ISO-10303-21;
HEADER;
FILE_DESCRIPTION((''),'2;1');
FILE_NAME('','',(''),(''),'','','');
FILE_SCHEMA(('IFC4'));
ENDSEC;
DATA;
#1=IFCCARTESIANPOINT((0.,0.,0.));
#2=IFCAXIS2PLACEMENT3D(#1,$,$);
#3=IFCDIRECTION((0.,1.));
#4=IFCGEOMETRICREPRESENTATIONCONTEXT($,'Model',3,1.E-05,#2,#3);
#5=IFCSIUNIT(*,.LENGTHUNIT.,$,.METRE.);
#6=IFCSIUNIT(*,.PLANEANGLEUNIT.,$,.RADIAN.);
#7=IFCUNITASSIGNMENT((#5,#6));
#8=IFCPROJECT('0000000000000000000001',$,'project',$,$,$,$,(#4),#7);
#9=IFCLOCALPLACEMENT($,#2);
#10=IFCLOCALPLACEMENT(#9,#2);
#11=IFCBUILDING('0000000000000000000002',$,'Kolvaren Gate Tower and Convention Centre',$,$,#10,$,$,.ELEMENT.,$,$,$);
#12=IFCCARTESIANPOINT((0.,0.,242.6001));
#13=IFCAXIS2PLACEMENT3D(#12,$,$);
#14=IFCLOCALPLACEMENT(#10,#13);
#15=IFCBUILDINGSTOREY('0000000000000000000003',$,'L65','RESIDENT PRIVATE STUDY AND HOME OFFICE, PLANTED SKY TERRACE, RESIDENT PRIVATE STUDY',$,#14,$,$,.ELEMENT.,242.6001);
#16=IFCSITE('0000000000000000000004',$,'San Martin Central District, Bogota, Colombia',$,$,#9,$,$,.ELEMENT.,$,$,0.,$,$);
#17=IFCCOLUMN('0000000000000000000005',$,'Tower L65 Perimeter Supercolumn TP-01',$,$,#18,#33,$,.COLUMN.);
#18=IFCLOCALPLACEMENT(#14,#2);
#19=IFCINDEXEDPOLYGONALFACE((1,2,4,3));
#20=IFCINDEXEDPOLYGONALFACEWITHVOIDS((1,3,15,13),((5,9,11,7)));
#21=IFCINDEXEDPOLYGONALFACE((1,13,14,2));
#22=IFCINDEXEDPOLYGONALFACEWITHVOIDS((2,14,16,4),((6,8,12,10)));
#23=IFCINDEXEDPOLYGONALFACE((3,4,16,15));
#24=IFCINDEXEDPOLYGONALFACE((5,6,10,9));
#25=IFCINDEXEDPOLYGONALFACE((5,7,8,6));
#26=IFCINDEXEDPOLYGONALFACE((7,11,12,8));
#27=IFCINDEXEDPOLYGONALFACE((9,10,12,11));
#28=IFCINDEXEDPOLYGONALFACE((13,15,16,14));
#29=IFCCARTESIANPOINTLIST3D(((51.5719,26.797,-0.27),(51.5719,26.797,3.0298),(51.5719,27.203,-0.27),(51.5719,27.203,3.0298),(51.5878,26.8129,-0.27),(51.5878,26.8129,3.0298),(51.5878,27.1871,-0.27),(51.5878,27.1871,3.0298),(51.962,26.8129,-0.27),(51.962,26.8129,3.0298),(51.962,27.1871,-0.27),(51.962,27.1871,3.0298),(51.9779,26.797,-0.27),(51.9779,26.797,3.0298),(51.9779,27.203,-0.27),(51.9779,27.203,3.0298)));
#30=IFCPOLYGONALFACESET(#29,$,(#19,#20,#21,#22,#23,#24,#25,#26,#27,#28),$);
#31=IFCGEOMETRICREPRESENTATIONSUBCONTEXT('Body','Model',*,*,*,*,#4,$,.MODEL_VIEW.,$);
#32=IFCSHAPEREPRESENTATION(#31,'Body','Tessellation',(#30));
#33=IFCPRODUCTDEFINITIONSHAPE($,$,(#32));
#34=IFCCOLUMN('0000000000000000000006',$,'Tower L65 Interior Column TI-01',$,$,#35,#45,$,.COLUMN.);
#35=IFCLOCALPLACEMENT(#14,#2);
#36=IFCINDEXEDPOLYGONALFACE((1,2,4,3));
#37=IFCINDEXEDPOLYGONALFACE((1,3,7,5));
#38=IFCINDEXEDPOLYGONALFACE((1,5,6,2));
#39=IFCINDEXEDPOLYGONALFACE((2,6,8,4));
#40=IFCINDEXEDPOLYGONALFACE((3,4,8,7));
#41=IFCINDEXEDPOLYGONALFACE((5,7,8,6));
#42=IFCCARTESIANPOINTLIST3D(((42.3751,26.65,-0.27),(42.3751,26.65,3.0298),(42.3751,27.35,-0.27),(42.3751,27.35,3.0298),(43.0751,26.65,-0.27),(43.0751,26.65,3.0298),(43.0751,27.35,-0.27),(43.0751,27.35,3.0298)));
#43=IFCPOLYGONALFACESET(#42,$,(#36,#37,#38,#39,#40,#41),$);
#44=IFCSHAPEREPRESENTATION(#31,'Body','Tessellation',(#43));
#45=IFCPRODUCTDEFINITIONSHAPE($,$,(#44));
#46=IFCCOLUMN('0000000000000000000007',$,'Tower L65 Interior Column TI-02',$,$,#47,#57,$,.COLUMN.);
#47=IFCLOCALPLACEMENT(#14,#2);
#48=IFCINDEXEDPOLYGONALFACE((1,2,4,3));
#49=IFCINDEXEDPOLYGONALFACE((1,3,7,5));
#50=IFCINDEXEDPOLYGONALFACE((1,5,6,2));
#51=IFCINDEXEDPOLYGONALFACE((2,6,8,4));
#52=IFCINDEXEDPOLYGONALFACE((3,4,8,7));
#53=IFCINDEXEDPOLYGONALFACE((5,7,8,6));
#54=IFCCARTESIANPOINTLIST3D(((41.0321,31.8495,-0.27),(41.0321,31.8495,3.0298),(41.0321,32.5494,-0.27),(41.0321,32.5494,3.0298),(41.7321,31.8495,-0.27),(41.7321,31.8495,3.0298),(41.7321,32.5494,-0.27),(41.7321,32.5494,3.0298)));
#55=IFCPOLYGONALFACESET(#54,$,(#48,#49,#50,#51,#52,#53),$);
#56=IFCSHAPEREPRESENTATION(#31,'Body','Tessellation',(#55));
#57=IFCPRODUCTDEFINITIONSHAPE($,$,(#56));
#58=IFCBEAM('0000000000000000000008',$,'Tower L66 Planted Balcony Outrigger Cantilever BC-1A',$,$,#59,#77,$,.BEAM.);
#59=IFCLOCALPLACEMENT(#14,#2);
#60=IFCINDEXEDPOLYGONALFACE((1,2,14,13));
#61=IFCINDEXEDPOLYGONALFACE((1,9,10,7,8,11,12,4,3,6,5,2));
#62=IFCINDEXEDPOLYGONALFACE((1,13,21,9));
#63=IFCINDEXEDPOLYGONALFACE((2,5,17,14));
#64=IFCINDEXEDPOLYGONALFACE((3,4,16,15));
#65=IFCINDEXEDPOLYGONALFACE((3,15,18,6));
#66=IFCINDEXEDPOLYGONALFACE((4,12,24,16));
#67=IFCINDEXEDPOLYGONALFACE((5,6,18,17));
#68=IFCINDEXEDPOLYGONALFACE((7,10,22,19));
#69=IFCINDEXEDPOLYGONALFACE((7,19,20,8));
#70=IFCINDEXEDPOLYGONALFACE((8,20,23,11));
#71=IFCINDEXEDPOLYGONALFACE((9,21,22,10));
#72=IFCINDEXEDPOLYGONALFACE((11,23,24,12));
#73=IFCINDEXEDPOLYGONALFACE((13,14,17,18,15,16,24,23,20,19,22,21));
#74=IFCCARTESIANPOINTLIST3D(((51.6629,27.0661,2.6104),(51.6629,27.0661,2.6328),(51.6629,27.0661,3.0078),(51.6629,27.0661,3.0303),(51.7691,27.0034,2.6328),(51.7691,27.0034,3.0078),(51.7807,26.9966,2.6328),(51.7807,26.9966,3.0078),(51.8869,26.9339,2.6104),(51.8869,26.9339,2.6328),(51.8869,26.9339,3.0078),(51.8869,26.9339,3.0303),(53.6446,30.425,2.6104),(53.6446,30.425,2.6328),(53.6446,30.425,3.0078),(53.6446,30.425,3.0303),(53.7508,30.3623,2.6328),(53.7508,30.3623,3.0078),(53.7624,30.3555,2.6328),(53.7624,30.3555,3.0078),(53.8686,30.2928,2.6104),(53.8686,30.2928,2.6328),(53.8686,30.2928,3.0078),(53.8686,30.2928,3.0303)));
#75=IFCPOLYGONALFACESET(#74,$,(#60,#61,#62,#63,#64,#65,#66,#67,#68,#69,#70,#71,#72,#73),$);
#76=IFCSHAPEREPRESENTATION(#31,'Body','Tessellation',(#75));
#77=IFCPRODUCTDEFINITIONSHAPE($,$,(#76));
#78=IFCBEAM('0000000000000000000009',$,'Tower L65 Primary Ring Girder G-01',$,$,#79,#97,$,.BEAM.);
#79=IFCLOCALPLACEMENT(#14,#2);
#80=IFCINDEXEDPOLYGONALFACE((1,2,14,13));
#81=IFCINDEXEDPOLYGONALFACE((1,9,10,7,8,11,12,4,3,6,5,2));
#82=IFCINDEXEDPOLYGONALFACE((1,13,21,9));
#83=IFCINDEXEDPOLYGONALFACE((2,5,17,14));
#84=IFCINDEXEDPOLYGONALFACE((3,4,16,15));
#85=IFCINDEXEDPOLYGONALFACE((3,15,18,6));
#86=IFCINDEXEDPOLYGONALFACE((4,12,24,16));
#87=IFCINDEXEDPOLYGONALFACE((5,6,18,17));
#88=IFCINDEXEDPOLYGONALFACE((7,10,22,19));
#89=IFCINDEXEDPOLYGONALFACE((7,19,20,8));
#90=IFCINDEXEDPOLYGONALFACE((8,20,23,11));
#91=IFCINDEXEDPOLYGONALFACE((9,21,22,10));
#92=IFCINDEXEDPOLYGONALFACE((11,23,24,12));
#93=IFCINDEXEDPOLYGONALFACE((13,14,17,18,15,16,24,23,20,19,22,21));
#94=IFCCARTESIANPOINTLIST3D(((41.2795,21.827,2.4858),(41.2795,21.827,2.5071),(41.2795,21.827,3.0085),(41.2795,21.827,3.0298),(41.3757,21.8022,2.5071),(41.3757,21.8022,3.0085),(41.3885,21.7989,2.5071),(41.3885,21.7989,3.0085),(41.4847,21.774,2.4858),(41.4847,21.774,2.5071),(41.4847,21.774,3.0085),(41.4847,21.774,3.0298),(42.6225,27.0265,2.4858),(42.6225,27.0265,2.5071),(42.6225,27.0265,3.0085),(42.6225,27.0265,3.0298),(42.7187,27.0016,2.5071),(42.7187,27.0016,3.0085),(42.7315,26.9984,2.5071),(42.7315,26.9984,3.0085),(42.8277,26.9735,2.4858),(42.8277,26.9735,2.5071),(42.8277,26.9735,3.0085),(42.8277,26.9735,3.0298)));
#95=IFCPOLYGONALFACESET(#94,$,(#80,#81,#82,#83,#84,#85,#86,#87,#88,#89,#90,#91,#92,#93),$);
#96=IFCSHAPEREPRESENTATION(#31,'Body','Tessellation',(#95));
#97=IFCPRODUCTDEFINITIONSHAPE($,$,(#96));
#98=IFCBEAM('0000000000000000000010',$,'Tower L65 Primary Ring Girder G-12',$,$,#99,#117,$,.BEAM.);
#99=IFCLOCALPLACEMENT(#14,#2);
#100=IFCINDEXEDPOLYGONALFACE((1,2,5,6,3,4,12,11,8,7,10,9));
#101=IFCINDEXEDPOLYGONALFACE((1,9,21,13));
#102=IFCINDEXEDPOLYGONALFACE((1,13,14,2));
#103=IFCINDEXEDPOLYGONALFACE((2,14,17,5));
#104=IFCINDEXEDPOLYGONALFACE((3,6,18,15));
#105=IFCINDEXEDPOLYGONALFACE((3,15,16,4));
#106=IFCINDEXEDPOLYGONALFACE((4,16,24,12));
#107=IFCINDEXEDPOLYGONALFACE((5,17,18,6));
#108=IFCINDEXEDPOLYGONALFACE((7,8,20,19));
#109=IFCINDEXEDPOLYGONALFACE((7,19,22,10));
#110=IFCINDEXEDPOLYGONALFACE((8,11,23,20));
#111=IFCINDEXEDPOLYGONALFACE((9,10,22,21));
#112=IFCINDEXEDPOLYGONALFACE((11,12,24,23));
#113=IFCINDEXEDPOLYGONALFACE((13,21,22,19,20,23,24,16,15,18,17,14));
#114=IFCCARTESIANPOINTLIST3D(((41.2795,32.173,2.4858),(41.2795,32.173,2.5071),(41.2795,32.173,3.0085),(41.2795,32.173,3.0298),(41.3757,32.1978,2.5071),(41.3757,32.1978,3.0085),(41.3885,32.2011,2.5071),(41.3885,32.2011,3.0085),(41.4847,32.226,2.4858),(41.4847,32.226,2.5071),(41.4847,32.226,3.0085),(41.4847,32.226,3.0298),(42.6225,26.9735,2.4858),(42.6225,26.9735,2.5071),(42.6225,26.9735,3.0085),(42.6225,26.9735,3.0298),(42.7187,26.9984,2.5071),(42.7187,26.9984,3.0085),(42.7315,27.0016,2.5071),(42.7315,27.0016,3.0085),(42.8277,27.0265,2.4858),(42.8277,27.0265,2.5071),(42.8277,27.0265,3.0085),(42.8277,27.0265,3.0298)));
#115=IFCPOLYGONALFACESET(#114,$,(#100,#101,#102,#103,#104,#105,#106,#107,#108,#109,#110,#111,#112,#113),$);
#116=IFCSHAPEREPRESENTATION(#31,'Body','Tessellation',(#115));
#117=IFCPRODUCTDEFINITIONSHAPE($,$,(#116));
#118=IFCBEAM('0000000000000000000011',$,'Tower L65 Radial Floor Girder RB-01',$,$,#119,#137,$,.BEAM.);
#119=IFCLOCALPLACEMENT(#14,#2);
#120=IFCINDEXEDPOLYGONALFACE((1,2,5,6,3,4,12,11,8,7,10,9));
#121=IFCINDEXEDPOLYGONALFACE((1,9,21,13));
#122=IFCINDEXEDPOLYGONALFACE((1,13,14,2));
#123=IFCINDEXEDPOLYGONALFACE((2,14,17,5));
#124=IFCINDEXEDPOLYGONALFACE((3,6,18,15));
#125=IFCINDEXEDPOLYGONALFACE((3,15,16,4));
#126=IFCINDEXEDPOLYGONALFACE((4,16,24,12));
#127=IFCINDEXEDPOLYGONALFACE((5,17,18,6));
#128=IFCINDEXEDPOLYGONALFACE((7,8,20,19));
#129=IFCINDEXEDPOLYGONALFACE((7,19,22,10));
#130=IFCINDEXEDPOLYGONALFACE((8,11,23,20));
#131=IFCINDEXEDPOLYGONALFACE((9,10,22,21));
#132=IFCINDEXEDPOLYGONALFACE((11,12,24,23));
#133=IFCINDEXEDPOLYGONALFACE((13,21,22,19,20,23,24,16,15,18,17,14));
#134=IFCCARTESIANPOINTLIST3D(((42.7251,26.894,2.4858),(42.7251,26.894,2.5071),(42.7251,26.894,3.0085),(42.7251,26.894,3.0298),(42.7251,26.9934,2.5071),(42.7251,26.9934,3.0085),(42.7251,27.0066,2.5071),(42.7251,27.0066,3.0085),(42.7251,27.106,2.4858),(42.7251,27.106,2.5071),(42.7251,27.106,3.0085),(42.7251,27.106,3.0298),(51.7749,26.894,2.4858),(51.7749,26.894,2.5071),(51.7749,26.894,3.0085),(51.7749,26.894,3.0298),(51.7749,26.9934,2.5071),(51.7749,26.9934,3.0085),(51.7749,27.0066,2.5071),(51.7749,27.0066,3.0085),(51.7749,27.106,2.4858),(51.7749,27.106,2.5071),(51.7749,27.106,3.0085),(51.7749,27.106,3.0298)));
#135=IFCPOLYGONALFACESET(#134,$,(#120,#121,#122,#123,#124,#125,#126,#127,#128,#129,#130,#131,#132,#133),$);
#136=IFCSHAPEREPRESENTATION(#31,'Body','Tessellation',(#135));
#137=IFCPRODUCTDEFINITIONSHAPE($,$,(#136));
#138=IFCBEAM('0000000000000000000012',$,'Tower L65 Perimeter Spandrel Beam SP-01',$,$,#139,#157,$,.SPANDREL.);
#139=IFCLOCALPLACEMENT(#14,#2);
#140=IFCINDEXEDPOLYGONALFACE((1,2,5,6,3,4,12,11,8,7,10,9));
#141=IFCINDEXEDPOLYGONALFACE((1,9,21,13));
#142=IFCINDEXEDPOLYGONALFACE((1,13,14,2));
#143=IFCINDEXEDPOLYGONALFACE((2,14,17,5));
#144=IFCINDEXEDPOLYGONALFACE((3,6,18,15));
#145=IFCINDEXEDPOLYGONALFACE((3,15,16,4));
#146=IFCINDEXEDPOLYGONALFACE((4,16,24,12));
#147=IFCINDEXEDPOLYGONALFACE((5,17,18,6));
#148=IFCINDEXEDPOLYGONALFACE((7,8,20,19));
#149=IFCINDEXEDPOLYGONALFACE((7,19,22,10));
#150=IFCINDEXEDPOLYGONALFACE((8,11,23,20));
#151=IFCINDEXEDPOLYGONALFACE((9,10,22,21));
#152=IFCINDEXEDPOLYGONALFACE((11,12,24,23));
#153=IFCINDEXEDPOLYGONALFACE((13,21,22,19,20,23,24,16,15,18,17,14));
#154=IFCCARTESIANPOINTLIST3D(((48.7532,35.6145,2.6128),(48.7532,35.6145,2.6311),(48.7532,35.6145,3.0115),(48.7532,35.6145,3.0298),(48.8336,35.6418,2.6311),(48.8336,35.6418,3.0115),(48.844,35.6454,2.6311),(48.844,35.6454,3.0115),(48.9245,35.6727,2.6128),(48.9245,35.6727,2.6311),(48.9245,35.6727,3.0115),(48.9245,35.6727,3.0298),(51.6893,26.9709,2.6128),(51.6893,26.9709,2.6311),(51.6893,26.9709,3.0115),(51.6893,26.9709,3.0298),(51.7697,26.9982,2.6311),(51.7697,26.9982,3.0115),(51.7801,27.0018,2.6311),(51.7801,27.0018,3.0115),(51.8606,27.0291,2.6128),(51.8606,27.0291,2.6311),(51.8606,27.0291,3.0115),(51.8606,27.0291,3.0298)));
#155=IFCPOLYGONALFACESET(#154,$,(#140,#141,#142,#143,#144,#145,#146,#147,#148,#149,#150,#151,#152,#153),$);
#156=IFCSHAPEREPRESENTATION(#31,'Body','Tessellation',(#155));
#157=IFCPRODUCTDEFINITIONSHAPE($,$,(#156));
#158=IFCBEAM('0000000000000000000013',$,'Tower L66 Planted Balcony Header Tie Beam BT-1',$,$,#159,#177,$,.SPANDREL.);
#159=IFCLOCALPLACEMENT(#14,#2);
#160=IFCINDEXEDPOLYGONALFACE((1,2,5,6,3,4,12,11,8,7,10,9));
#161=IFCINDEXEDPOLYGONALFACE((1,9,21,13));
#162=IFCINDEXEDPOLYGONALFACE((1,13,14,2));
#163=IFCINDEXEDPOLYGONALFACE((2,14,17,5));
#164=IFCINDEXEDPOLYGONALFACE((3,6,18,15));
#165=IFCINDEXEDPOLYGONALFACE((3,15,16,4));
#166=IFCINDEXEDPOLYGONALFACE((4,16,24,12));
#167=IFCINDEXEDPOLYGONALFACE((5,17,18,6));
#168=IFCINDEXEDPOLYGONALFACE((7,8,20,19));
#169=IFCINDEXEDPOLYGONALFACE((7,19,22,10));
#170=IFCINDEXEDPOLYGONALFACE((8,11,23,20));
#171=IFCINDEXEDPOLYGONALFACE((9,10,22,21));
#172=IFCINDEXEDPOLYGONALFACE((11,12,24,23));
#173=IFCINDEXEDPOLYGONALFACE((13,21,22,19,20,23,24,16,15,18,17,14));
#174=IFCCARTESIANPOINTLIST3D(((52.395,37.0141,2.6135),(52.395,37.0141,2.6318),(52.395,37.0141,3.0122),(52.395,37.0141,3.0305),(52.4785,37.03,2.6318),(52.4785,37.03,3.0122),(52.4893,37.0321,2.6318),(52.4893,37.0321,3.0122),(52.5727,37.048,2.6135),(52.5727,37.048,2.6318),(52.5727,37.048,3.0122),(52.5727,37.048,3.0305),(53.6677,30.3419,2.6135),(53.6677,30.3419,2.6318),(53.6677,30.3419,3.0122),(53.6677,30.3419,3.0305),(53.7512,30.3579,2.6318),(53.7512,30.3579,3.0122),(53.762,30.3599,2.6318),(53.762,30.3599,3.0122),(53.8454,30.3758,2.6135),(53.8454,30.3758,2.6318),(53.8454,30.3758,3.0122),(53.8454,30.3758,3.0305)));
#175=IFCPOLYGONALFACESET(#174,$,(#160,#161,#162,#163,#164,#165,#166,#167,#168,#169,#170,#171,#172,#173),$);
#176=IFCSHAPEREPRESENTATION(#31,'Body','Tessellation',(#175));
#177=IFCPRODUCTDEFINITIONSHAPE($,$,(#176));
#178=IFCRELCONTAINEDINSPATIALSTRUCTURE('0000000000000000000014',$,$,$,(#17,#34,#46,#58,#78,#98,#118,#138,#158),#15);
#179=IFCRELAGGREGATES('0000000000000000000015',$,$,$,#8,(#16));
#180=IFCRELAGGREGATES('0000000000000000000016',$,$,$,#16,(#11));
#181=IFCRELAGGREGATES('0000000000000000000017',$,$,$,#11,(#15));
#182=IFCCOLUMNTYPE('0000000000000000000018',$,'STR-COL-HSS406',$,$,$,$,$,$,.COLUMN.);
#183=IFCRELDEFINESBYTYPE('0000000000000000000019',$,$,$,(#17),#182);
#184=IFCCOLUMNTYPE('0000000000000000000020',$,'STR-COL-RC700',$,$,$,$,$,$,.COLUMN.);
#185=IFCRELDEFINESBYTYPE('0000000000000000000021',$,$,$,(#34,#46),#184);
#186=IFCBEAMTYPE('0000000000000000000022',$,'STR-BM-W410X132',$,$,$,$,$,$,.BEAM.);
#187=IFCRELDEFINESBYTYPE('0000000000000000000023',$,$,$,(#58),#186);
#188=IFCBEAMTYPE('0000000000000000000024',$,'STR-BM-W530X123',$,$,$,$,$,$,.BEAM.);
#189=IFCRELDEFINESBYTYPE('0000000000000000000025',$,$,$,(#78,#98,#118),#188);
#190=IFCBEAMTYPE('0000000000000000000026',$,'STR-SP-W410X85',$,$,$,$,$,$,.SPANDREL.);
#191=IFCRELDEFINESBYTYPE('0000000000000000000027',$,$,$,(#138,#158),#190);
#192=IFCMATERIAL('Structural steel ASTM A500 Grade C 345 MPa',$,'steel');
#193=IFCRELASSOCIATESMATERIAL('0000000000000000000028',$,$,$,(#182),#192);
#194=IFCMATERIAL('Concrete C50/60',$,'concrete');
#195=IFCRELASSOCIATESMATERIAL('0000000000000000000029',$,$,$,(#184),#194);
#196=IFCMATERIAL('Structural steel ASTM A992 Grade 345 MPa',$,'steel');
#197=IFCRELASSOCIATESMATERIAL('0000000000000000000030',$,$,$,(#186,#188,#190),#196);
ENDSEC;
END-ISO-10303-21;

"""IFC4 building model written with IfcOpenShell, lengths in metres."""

from ifc_helpers import new_model, si_unit, direction, frame, origin, origin_2d, place, context, subcontext, project, spatial, rectangle, hollow_rectangle, i_section, extrude, material, material_profile, profile_set, type_object, element, save


model = new_model("IFC4")

# Units and contexts
model_context = context("Model", 3, precision=1e-05, world=origin(), true_north=direction((0.0, 1.0)))
body_context = subcontext(model_context, "Body", "Model", "MODEL_VIEW")
ifc_project = project(units=[si_unit("LENGTHUNIT", "METRE"), si_unit("PLANEANGLEUNIT", "RADIAN")], contexts=[model_context])

# Site, building, storey
site_placement = place(None, origin())
site = spatial("IfcSite", under=ifc_project, at=site_placement, Name="San Martin Central District, Bogota, Colombia", CompositionType="ELEMENT", RefElevation=0.0)
building_placement = place(site_placement, origin())
building = spatial("IfcBuilding", under=site, at=building_placement, Name="Kolvaren Gate Tower and Convention Centre", CompositionType="ELEMENT")
storey_placement = place(building_placement, frame((0.0, 0.0, 242.6001)))
storey = spatial("IfcBuildingStorey", under=building, at=storey_placement, Name="L65", Description="RESIDENT PRIVATE STUDY AND HOME OFFICE, PLANTED SKY TERRACE, RESIDENT PRIVATE STUDY", CompositionType="ELEMENT", Elevation=242.6001)

# Columns
ifc_material_1 = material(Name="Structural steel ASTM A500 Grade C 345 MPa", Category="steel")
ifc_material_profile_1 = material_profile(ifc_material_1, hollow_rectangle(XDim=0.406, YDim=0.406, WallThickness=0.0159, at=origin_2d()), Name="HSS406X406X15.9")
ifc_profile_set_1 = profile_set([ifc_material_profile_1], Name="Structural steel ASTM A500 Grade C 345 MPa")
column_type_1 = type_object("IfcColumnType", Name="STR-COL-HSS406", PredefinedType="COLUMN", material=ifc_profile_set_1)
column_placement = place(storey_placement, frame((51.7749, 27.0, -0.27), z_axis=(0.0, 0.0, 1.0), x_axis=(1.0, 0.0, 0.0)))
element("IfcColumn", 1, at=column_placement, inside=storey, type_object=column_type_1, Name="Tower L65 Perimeter Supercolumn TP-01", PredefinedType="COLUMN", context=body_context, shape_type="SweptSolid", body=[
    extrude(hollow_rectangle(XDim=0.406, YDim=0.406, WallThickness=0.0159, at=origin_2d()), origin(), (0.0, 0.0, 1.0), 3.2998),
])
ifc_material_2 = material(Name="Concrete C50/60", Category="concrete")
ifc_material_profile_2 = material_profile(ifc_material_2, rectangle(XDim=0.7, YDim=0.7, at=origin_2d()), Name="RC-COL-700X700")
ifc_profile_set_2 = profile_set([ifc_material_profile_2], Name="Concrete C50/60")
column_type_2 = type_object("IfcColumnType", Name="STR-COL-RC700", PredefinedType="COLUMN", material=ifc_profile_set_2)
for number, where, z_axis, x_axis, name in (
    (2, (42.7251, 27.0, -0.27), (0.0, 0.0, 1.0), (1.0, 0.0, 0.0), "Tower L65 Interior Column TI-01"),
    (3, (41.3821, 32.1995, -0.27), (0.0, 0.0, 1.0), (1.0, 0.0, 0.0), "Tower L65 Interior Column TI-02"),
):
    element("IfcColumn", number, at=place(storey_placement, frame(where, z_axis=z_axis, x_axis=x_axis)), inside=storey, type_object=column_type_2, Name=name, PredefinedType="COLUMN", context=body_context, shape_type="SweptSolid", body=[
        extrude(rectangle(XDim=0.7, YDim=0.7, at=origin_2d()), origin(), (0.0, 0.0, 1.0), 3.2998),
    ])

# Beams
ifc_material_3 = material(Name="Structural steel ASTM A992 Grade 345 MPa", Category="steel")
ifc_material_profile_3 = material_profile(ifc_material_3, i_section(OverallWidth=0.26, OverallDepth=0.4199, WebThickness=0.0134, FlangeThickness=0.0225, at=origin_2d()), Name="W410X132")
ifc_profile_set_3 = profile_set([ifc_material_profile_3], Name="Structural steel ASTM A992 Grade 345 MPa")
beam_type_1 = type_object("IfcBeamType", Name="STR-BM-W410X132", PredefinedType="BEAM", material=ifc_profile_set_3)
beam_1_placement = place(storey_placement, frame((51.7749, 27.0, 2.8203), z_axis=(0.508139, 0.861275, 0.0), x_axis=(-0.861275, 0.508139, 0.0)))
element("IfcBeam", 4, at=beam_1_placement, inside=storey, type_object=beam_type_1, Name="Tower L66 Planted Balcony Outrigger Cantilever BC-1A", PredefinedType="BEAM", context=body_context, shape_type="SweptSolid", body=[
    extrude(i_section(OverallWidth=0.26, OverallDepth=0.4199, WebThickness=0.0134, FlangeThickness=0.0225, at=origin_2d()), origin(), (0.0, 0.0, 1.0), 3.8999),
])
ifc_material_profile_4 = material_profile(ifc_material_3, i_section(OverallWidth=0.2119, OverallDepth=0.5439, WebThickness=0.0132, FlangeThickness=0.0212, at=origin_2d()), Name="W530X123")
ifc_profile_set_4 = profile_set([ifc_material_profile_4], Name="Structural steel ASTM A992 Grade 345 MPa")
beam_type_2 = type_object("IfcBeamType", Name="STR-BM-W530X123", PredefinedType="BEAM", material=ifc_profile_set_4)
for number, where, z_axis, x_axis, name in (
    (5, (42.7251, 27.0, 2.7578), (-0.250091, -0.968222, 0.0), (0.968222, -0.250091, 0.0), "Tower L65 Primary Ring Girder G-01"),
    (6, (42.7251, 27.0, 2.7578), (-0.250091, 0.968222, 0.0), (-0.968222, -0.250091, 0.0), "Tower L65 Primary Ring Girder G-12"),
):
    element("IfcBeam", number, at=place(storey_placement, frame(where, z_axis=z_axis, x_axis=x_axis)), inside=storey, type_object=beam_type_2, Name=name, PredefinedType="BEAM", context=body_context, shape_type="SweptSolid", body=[
        extrude(i_section(OverallWidth=0.2119, OverallDepth=0.5439, WebThickness=0.0132, FlangeThickness=0.0212, at=origin_2d()), origin(), (0.0, 0.0, 1.0), 5.3701),
    ])
beam_2_placement = place(storey_placement, frame((42.7251, 27.0, 2.7578), z_axis=(1.0, 0.0, 0.0), x_axis=(0.0, 1.0, 0.0)))
element("IfcBeam", 7, at=beam_2_placement, inside=storey, type_object=beam_type_2, Name="Tower L65 Radial Floor Girder RB-01", PredefinedType="BEAM", context=body_context, shape_type="SweptSolid", body=[
    extrude(i_section(OverallWidth=0.2119, OverallDepth=0.5439, WebThickness=0.0132, FlangeThickness=0.0212, at=origin_2d()), origin(), (0.0, 0.0, 1.0), 9.0498),
])
ifc_material_profile_5 = material_profile(ifc_material_3, i_section(OverallWidth=0.1809, OverallDepth=0.417, WebThickness=0.011, FlangeThickness=0.0183, at=origin_2d()), Name="W410X85")
ifc_profile_set_5 = profile_set([ifc_material_profile_5], Name="Structural steel ASTM A992 Grade 345 MPa")
beam_type_3 = type_object("IfcBeamType", Name="STR-SP-W410X85", PredefinedType="SPANDREL", material=ifc_profile_set_5)
beam_3_placement = place(storey_placement, frame((51.7749, 27.0, 2.8213), z_axis=(-0.32163, 0.946865, 0.0), x_axis=(-0.946865, -0.32163, 0.0)))
element("IfcBeam", 8, at=beam_3_placement, inside=storey, type_object=beam_type_3, Name="Tower L65 Perimeter Spandrel Beam SP-01", PredefinedType="SPANDREL", context=body_context, shape_type="SweptSolid", body=[
    extrude(i_section(OverallWidth=0.1809, OverallDepth=0.417, WebThickness=0.011, FlangeThickness=0.0183, at=origin_2d()), origin(), (0.0, 0.0, 1.0), 9.1287),
])
beam_4_placement = place(storey_placement, frame((53.7566, 30.3589, 2.822), z_axis=(-0.187371, 0.982289, 0.0), x_axis=(-0.982289, -0.187371, 0.0)))
element("IfcBeam", 9, at=beam_4_placement, inside=storey, type_object=beam_type_3, Name="Tower L66 Planted Balcony Header Tie Beam BT-1", PredefinedType="SPANDREL", context=body_context, shape_type="SweptSolid", body=[
    extrude(i_section(OverallWidth=0.1809, OverallDepth=0.417, WebThickness=0.011, FlangeThickness=0.0183, at=origin_2d()), origin(), (0.0, 0.0, 1.0), 6.7925),
])

save(model, "model.ifc")
